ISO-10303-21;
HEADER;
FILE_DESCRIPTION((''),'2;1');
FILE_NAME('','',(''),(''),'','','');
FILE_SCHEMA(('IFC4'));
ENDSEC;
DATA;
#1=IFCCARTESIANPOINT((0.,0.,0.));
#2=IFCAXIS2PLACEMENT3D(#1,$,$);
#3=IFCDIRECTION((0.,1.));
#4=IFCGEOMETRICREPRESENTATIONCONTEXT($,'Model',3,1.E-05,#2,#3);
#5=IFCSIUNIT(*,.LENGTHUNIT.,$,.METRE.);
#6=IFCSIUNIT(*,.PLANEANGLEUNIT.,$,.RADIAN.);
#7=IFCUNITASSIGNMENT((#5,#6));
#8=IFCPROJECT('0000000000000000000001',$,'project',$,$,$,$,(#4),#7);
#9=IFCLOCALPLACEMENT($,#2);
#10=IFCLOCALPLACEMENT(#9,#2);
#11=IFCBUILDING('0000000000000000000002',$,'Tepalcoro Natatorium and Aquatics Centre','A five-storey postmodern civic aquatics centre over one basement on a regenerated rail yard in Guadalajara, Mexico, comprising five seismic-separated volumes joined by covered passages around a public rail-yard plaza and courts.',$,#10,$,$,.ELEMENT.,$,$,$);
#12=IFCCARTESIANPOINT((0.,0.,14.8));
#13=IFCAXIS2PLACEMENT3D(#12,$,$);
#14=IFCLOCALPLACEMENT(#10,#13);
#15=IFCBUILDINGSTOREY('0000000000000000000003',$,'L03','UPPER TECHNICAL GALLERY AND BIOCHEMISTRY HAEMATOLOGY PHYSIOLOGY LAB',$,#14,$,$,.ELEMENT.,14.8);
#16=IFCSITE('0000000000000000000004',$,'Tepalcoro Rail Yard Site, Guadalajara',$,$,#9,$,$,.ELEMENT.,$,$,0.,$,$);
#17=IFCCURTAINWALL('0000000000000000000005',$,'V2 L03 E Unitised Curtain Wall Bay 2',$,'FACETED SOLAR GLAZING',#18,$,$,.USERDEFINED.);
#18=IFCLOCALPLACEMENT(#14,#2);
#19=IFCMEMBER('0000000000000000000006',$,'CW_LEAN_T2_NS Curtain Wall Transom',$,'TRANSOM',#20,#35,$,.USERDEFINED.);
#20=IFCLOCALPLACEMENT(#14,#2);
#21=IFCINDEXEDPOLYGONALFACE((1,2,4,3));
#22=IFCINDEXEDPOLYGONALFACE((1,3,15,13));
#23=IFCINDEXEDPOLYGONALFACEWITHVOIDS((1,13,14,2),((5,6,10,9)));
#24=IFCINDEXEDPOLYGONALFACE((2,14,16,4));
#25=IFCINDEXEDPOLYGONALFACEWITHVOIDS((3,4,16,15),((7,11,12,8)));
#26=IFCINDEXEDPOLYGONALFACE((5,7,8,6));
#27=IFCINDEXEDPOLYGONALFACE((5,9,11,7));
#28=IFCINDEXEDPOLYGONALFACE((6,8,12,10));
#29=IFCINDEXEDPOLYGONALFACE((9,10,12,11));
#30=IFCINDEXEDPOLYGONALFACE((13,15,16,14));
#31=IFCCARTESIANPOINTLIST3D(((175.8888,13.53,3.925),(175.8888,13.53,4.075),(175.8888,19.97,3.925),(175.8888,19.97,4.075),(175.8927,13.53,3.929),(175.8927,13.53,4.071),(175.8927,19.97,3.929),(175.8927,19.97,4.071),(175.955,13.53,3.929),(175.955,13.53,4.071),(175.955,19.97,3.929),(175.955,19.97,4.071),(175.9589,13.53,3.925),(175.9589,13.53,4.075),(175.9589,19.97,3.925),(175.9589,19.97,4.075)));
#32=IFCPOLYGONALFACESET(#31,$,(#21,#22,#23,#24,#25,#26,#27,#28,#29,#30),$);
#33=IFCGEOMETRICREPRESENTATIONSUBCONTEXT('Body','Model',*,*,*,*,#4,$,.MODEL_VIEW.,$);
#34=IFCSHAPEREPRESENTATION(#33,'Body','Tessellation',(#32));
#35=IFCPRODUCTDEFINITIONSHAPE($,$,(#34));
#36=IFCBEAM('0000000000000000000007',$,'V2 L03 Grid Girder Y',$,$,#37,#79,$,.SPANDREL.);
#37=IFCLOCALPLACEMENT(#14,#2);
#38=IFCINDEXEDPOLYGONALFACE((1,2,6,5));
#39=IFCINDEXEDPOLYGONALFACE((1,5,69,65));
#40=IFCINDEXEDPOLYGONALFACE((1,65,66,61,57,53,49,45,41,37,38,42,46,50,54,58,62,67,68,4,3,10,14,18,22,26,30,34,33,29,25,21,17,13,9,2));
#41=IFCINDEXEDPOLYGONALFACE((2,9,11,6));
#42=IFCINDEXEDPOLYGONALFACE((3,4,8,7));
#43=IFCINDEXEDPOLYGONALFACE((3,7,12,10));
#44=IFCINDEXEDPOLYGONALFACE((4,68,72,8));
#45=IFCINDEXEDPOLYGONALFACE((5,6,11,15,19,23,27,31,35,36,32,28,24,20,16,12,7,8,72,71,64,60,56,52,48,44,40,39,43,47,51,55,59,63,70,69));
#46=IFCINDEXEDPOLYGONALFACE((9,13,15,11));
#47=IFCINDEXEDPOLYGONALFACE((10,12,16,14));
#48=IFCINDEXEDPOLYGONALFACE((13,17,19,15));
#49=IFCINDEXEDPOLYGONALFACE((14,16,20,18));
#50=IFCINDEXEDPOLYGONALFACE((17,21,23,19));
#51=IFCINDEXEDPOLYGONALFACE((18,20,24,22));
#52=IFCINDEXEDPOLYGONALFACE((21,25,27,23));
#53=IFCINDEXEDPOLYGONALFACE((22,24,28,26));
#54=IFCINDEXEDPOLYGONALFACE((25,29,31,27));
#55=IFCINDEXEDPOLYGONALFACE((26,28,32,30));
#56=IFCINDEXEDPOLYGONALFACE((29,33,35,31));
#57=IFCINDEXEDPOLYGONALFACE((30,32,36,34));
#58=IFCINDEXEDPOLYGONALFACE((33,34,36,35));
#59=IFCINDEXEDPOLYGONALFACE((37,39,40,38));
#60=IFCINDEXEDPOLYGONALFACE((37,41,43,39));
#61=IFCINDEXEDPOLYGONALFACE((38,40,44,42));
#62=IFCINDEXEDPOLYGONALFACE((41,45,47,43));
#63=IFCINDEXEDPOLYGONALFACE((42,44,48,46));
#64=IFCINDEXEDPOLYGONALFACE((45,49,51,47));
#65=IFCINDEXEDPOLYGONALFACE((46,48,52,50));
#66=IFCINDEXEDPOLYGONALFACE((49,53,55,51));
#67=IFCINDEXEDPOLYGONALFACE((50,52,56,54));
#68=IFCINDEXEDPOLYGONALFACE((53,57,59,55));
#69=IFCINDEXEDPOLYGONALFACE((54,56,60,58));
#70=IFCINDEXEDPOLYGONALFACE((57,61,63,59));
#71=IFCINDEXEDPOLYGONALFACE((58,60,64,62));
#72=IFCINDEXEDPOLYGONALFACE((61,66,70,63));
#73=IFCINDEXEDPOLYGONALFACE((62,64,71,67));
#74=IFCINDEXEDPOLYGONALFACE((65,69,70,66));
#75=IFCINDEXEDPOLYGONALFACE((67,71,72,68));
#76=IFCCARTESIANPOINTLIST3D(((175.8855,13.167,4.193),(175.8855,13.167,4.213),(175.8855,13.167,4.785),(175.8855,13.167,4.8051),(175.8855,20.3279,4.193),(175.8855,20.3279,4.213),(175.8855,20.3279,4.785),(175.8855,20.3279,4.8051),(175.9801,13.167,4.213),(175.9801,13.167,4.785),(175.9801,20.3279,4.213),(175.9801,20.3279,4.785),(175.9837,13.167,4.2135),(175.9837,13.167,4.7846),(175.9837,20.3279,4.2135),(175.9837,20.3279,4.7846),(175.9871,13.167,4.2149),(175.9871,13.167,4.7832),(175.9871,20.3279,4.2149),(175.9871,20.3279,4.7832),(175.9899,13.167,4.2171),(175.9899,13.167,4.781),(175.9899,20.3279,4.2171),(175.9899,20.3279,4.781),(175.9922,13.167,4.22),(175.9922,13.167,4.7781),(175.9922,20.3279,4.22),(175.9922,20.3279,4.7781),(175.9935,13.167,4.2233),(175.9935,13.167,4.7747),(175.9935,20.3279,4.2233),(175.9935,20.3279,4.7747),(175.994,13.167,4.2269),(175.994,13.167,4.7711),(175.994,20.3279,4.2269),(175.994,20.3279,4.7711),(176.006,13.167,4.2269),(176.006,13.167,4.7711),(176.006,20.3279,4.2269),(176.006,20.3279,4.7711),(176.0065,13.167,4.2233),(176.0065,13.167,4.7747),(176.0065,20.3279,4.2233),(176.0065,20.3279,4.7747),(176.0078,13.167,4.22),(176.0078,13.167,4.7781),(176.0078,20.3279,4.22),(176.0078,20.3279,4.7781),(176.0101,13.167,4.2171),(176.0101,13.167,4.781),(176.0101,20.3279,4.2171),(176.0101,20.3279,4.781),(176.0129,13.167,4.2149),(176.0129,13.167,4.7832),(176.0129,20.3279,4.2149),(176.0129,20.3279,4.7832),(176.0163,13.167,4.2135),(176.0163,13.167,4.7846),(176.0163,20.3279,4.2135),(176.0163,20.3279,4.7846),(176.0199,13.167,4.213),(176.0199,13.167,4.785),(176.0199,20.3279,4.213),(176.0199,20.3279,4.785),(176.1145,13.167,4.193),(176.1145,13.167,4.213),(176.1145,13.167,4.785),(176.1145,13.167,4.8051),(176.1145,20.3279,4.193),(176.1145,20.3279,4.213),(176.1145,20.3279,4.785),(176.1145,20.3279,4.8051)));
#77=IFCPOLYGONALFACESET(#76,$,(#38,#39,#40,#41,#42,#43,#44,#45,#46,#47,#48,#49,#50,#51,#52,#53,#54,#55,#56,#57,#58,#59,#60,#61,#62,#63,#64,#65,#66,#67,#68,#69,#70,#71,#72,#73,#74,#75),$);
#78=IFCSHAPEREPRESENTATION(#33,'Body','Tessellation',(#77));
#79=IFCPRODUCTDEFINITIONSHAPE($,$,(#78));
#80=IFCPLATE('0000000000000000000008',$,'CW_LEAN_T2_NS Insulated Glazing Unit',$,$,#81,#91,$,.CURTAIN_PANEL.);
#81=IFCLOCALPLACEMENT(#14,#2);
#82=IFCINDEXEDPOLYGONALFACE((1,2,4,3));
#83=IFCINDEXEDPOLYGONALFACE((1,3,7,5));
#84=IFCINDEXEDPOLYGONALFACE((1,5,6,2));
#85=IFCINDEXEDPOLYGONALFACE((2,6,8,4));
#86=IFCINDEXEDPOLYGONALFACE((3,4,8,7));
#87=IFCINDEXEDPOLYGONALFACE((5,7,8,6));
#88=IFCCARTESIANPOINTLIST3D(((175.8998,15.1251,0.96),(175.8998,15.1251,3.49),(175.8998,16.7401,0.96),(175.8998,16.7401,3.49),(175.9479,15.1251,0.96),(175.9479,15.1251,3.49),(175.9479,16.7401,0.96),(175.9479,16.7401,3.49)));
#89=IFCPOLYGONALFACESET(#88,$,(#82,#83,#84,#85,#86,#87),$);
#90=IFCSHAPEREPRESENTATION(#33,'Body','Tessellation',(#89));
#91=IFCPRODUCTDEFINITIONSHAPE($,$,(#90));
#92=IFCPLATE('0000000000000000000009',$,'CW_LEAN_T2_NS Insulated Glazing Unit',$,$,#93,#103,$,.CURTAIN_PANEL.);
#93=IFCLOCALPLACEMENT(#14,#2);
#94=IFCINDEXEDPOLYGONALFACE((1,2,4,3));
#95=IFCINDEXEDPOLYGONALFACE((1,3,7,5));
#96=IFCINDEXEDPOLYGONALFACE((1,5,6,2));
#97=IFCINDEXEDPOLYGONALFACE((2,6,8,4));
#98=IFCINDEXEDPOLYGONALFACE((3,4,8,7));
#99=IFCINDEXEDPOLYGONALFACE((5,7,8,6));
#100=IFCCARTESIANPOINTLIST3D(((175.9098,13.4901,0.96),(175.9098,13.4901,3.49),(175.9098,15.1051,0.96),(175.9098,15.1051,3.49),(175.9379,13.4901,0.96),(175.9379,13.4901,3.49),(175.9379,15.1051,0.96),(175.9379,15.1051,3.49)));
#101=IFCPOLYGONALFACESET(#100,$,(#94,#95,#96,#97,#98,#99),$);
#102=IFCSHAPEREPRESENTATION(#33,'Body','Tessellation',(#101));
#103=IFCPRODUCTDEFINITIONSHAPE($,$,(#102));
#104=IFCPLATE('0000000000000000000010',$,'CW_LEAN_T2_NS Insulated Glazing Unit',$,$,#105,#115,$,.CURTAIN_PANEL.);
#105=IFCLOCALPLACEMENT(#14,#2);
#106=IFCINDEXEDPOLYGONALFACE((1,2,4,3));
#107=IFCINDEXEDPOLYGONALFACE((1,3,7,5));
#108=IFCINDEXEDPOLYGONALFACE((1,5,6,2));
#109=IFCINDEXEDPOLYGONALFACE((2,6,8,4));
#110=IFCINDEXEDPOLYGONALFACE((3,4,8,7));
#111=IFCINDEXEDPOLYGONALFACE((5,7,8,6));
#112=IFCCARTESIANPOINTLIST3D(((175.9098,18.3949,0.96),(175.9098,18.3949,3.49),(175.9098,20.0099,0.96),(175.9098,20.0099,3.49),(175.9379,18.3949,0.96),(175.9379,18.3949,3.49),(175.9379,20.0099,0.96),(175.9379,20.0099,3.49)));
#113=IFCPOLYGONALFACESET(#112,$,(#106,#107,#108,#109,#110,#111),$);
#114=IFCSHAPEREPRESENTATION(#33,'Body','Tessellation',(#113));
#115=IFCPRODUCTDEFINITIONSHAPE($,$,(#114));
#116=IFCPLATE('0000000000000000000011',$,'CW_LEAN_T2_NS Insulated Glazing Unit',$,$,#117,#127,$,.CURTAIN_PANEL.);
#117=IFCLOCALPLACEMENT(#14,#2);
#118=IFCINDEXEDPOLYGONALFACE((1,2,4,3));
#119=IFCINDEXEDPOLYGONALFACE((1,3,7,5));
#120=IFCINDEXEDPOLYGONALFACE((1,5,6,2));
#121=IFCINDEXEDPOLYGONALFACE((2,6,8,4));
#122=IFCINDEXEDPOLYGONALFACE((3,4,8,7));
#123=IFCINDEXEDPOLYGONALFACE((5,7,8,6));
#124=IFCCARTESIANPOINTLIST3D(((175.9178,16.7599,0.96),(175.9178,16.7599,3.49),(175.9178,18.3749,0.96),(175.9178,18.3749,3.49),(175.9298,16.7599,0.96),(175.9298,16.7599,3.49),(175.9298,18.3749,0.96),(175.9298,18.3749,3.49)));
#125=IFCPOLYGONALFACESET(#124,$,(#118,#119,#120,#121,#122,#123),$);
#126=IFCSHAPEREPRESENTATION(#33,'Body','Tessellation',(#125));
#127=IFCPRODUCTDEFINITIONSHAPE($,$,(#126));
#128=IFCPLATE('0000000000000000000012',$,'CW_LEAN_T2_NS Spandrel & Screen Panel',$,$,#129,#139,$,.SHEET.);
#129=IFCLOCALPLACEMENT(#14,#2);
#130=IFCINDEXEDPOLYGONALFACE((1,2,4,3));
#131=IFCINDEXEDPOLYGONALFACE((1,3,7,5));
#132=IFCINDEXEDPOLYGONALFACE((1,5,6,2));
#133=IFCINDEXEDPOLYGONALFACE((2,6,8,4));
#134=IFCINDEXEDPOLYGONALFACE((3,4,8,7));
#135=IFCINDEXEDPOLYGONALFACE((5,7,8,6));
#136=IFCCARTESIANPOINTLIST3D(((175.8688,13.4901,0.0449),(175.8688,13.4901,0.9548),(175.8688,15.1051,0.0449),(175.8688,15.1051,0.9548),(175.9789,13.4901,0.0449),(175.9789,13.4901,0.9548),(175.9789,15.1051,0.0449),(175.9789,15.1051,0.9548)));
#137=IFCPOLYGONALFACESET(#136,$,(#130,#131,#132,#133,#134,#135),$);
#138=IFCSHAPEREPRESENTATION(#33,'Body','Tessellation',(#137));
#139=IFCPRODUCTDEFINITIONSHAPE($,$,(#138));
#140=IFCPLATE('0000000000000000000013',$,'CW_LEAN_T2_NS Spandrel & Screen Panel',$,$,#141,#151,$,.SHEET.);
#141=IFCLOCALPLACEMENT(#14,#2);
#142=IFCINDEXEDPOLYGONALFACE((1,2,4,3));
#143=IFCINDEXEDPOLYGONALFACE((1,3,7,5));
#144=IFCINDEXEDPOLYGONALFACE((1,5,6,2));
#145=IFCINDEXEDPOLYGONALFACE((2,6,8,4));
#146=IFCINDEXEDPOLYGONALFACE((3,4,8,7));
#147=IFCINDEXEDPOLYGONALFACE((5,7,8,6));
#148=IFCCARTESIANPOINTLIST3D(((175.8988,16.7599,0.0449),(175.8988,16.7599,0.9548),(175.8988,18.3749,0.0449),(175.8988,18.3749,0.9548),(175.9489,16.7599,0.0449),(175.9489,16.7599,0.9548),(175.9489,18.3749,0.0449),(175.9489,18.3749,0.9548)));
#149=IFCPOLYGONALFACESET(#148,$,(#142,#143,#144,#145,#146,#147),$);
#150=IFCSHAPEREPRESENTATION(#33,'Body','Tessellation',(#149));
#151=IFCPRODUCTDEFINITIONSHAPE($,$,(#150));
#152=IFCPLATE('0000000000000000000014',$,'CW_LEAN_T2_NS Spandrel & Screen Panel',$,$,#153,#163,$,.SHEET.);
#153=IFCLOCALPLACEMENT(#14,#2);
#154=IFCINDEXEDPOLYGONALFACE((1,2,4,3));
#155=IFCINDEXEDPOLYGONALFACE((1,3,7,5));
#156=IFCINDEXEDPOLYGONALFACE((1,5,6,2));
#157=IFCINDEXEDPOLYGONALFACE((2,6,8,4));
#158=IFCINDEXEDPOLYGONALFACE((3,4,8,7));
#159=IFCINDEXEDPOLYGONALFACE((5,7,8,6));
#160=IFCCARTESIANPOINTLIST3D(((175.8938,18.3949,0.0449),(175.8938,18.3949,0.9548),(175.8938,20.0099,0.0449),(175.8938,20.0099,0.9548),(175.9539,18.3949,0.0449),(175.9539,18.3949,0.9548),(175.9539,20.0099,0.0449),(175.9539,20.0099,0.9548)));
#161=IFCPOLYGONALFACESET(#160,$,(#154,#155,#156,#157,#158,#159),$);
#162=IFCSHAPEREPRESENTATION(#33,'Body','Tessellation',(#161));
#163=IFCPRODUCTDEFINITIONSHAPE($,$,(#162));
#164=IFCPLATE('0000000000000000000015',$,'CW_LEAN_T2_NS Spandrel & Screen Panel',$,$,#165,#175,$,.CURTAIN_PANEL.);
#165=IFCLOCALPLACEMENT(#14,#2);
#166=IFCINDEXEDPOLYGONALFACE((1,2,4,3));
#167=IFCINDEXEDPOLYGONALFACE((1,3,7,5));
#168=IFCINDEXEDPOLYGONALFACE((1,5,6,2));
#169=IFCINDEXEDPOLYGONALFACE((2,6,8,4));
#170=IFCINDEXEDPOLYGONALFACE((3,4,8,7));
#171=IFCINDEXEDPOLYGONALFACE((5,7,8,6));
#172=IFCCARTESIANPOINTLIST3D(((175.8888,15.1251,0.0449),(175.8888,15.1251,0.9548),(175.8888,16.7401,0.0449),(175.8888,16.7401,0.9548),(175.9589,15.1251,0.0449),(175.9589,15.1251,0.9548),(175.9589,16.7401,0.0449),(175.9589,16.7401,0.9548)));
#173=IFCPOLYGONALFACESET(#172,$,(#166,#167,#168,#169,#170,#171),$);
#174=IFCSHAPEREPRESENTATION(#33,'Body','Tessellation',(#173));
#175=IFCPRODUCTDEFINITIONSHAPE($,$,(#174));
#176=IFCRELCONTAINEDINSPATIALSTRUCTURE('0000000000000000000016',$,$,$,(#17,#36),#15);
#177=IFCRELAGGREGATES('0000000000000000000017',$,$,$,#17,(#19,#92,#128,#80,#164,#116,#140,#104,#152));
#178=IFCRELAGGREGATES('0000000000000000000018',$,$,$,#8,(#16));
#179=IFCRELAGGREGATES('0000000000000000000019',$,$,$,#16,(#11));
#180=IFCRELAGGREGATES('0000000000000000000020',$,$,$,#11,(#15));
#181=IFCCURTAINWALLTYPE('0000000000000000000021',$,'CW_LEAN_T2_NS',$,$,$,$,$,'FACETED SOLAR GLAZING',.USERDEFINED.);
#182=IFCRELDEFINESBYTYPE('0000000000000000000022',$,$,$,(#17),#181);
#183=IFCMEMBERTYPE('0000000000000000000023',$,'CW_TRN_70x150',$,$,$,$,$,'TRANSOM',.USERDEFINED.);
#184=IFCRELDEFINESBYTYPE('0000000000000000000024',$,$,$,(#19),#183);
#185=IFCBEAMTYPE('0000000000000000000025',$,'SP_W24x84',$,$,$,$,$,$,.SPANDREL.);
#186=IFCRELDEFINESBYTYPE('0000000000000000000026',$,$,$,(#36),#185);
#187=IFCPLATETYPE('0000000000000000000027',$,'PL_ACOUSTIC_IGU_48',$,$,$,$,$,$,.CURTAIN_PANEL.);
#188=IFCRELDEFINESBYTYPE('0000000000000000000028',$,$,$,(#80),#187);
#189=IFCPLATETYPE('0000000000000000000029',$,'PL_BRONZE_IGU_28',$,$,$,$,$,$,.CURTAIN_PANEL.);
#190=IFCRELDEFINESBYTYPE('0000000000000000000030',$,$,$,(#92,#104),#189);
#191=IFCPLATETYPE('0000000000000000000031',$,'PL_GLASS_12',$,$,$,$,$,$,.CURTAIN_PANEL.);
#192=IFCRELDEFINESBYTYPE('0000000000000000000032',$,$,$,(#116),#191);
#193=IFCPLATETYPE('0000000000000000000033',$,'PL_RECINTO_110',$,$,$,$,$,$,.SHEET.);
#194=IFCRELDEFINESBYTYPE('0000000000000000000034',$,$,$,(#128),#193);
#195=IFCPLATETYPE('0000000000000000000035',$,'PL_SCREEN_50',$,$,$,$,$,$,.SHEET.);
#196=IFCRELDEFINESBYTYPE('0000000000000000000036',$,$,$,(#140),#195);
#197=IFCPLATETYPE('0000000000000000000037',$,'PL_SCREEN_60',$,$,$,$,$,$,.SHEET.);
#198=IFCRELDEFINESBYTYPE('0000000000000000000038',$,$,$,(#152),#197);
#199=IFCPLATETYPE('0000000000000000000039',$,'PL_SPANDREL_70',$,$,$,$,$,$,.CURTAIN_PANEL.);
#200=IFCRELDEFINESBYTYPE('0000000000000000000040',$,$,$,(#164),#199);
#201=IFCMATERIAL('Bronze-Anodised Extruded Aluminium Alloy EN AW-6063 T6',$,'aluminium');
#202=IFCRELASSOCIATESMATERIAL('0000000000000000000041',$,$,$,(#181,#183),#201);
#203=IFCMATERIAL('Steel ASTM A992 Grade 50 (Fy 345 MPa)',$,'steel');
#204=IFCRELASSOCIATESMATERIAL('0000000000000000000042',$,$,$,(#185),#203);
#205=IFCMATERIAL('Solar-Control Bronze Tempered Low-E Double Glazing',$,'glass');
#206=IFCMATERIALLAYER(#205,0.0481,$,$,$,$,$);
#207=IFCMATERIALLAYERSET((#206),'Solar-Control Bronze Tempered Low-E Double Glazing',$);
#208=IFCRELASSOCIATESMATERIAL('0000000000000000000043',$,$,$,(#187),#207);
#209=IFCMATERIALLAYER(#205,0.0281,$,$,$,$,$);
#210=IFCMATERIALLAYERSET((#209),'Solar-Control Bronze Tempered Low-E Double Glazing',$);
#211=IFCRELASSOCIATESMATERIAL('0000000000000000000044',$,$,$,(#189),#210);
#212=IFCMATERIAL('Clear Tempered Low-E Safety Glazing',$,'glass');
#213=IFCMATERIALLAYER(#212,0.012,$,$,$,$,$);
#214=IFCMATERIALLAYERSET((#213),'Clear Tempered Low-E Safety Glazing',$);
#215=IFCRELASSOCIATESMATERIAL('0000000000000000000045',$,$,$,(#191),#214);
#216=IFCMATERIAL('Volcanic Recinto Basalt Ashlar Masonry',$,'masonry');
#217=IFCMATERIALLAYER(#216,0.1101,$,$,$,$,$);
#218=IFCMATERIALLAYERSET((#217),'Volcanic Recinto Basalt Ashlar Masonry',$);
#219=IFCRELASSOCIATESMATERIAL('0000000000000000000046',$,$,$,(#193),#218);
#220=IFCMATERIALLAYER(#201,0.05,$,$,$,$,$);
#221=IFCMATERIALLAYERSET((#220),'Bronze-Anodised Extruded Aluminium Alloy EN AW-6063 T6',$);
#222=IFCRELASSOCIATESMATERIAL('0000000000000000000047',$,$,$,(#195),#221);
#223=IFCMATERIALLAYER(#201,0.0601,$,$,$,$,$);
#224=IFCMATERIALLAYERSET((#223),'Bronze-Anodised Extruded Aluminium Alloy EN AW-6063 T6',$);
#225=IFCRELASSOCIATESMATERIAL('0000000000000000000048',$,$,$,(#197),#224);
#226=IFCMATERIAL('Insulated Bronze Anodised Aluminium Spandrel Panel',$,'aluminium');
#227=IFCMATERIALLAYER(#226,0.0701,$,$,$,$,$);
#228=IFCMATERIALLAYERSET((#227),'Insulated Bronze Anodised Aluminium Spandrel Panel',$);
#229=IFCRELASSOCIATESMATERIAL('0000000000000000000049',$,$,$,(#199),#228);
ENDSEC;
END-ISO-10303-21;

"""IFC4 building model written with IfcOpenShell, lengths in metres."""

from ifc_helpers import new_model, si_unit, direction, frame, origin, origin_2d, place, context, subcontext, project, spatial, rectangle, hollow_rectangle, i_section, extrude, material, layer, layer_set, material_profile, profile_set, type_object, element, aggregate, save


model = new_model("IFC4")

# Units and contexts
model_context = context("Model", 3, precision=1e-05, world=origin(), true_north=direction((0.0, 1.0)))
body_context = subcontext(model_context, "Body", "Model", "MODEL_VIEW")
ifc_project = project(units=[si_unit("LENGTHUNIT", "METRE"), si_unit("PLANEANGLEUNIT", "RADIAN")], contexts=[model_context])

# Site, building, storey
site_placement = place(None, origin())
site = spatial("IfcSite", under=ifc_project, at=site_placement, Name="Tepalcoro Rail Yard Site, Guadalajara", CompositionType="ELEMENT", RefElevation=0.0)
building_placement = place(site_placement, origin())
building = spatial("IfcBuilding", under=site, at=building_placement, Name="Tepalcoro Natatorium and Aquatics Centre", Description="A five-storey postmodern civic aquatics centre over one basement on a regenerated rail yard in Guadalajara, Mexico, comprising five seismic-separated volumes joined by covered passages around a public rail-yard plaza and courts.", CompositionType="ELEMENT")
storey_placement = place(building_placement, frame((0.0, 0.0, 14.8)))
storey = spatial("IfcBuildingStorey", under=building, at=storey_placement, Name="L03", Description="UPPER TECHNICAL GALLERY AND BIOCHEMISTRY HAEMATOLOGY PHYSIOLOGY LAB", CompositionType="ELEMENT", Elevation=14.8)

# Shared definitions
ifc_material_1 = material(Name="Steel ASTM A992 Grade 50 (Fy 345 MPa)", Category="steel")

# Curtain wall, member
ifc_material_2 = material(Name="Bronze-Anodised Extruded Aluminium Alloy EN AW-6063 T6", Category="aluminium")
curtain_wall_type = type_object("IfcCurtainWallType", Name="CW_LEAN_T2_NS", ElementType="FACETED SOLAR GLAZING", PredefinedType="USERDEFINED", material=ifc_material_2)
curtain_wall_placement = place(storey_placement, origin())
curtain_wall = element("IfcCurtainWall", 1, at=curtain_wall_placement, inside=storey, type_object=curtain_wall_type, Name="V2 L03 E Unitised Curtain Wall Bay 2", ObjectType="FACETED SOLAR GLAZING", PredefinedType="USERDEFINED")
ifc_material_profile_1 = material_profile(ifc_material_2, hollow_rectangle(XDim=0.0701, YDim=0.1499, WallThickness=0.0039, at=origin_2d()), Name="AL70X150X4")
ifc_profile_set_1 = profile_set([ifc_material_profile_1], Name="Bronze-Anodised Extruded Aluminium Alloy EN AW-6063 T6")
member_type_1 = type_object("IfcMemberType", Name="CW_TRN_70x150", ElementType="TRANSOM", PredefinedType="USERDEFINED", material=ifc_profile_set_1)
member_1_placement = place(storey_placement, frame((175.9238, 13.53, 4.0), z_axis=(0.0, 1.0, 0.0), x_axis=(-1.0, 0.0, 0.0)))
member_1 = element("IfcMember", 2, at=member_1_placement, type_object=member_type_1, Name="CW_LEAN_T2_NS Curtain Wall Transom", ObjectType="TRANSOM", PredefinedType="USERDEFINED", context=body_context, shape_type="SweptSolid", body=[
    extrude(hollow_rectangle(XDim=0.0701, YDim=0.1499, WallThickness=0.0039, at=origin_2d()), origin(), (0.0, 0.0, 1.0), 6.4399),
])

# Beam
ifc_material_profile_2 = material_profile(ifc_material_1, i_section(OverallWidth=0.229, OverallDepth=0.6121, WebThickness=0.012, FlangeThickness=0.02, FilletRadius=0.0139, at=origin_2d()), Name="W24X84")
ifc_profile_set_2 = profile_set([ifc_material_profile_2], Name="Steel ASTM A992 Grade 50 (Fy 345 MPa)")
beam_type = type_object("IfcBeamType", Name="SP_W24x84", PredefinedType="SPANDREL", material=ifc_profile_set_2)
beam_placement = place(storey_placement, frame((176.0, 13.167, 4.499), z_axis=(0.0, 1.0, 0.0), x_axis=(-1.0, 0.0, 0.0)))
element("IfcBeam", 3, at=beam_placement, inside=storey, type_object=beam_type, Name="V2 L03 Grid Girder Y", PredefinedType="SPANDREL", context=body_context, shape_type="SweptSolid", body=[
    extrude(i_section(OverallWidth=0.229, OverallDepth=0.6121, WebThickness=0.012, FlangeThickness=0.02, FilletRadius=0.0139, at=origin_2d()), origin(), (0.0, 0.0, 1.0), 7.1609),
])

# Plates
ifc_material_3 = material(Name="Solar-Control Bronze Tempered Low-E Double Glazing", Category="glass")
ifc_layer_1 = layer(ifc_material_3, 0.0481)
ifc_layer_set_1 = layer_set([ifc_layer_1], Name="Solar-Control Bronze Tempered Low-E Double Glazing")
plate_type_1 = type_object("IfcPlateType", Name="PL_ACOUSTIC_IGU_48", PredefinedType="CURTAIN_PANEL", material=ifc_layer_set_1)
plate_1_placement = place(storey_placement, frame((175.9238, 15.9326, 0.96), z_axis=(0.0, 0.0, 1.0), x_axis=(1.0, 0.0, 0.0)))
plate_1 = element("IfcPlate", 4, at=plate_1_placement, type_object=plate_type_1, Name="CW_LEAN_T2_NS Insulated Glazing Unit", PredefinedType="CURTAIN_PANEL", context=body_context, shape_type="SweptSolid", body=[
    extrude(rectangle(XDim=0.0481, YDim=1.615, at=origin_2d()), origin(), (0.0, 0.0, 1.0), 2.53),
])
ifc_layer_2 = layer(ifc_material_3, 0.0281)
ifc_layer_set_2 = layer_set([ifc_layer_2], Name="Solar-Control Bronze Tempered Low-E Double Glazing")
plate_type_2 = type_object("IfcPlateType", Name="PL_BRONZE_IGU_28", PredefinedType="CURTAIN_PANEL", material=ifc_layer_set_2)
plate_2_placement = place(storey_placement, frame((175.9238, 14.2976, 0.96), z_axis=(0.0, 0.0, 1.0), x_axis=(1.0, 0.0, 0.0)))
plate_2 = element("IfcPlate", 5, at=plate_2_placement, type_object=plate_type_2, Name="CW_LEAN_T2_NS Insulated Glazing Unit", PredefinedType="CURTAIN_PANEL", context=body_context, shape_type="SweptSolid", body=[
    extrude(rectangle(XDim=0.0281, YDim=1.615, at=origin_2d()), origin(), (0.0, 0.0, 1.0), 2.53),
])
plate_3_placement = place(storey_placement, frame((175.9238, 19.2024, 0.96), z_axis=(0.0, 0.0, 1.0), x_axis=(1.0, 0.0, 0.0)))
plate_3 = element("IfcPlate", 6, at=plate_3_placement, type_object=plate_type_2, Name="CW_LEAN_T2_NS Insulated Glazing Unit", PredefinedType="CURTAIN_PANEL", context=body_context, shape_type="SweptSolid", body=[
    extrude(rectangle(XDim=0.0281, YDim=1.615, at=origin_2d()), origin(), (0.0, 0.0, 1.0), 2.53),
])
ifc_material_4 = material(Name="Clear Tempered Low-E Safety Glazing", Category="glass")
ifc_layer_3 = layer(ifc_material_4, 0.012)
ifc_layer_set_3 = layer_set([ifc_layer_3], Name="Clear Tempered Low-E Safety Glazing")
plate_type_3 = type_object("IfcPlateType", Name="PL_GLASS_12", PredefinedType="CURTAIN_PANEL", material=ifc_layer_set_3)
plate_4_placement = place(storey_placement, frame((175.9238, 17.5674, 0.96), z_axis=(0.0, 0.0, 1.0), x_axis=(1.0, 0.0, 0.0)))
plate_4 = element("IfcPlate", 7, at=plate_4_placement, type_object=plate_type_3, Name="CW_LEAN_T2_NS Insulated Glazing Unit", PredefinedType="CURTAIN_PANEL", context=body_context, shape_type="SweptSolid", body=[
    extrude(rectangle(XDim=0.012, YDim=1.615, at=origin_2d()), origin(), (0.0, 0.0, 1.0), 2.53),
])
ifc_material_5 = material(Name="Volcanic Recinto Basalt Ashlar Masonry", Category="masonry")
ifc_layer_4 = layer(ifc_material_5, 0.1101)
ifc_layer_set_4 = layer_set([ifc_layer_4], Name="Volcanic Recinto Basalt Ashlar Masonry")
plate_type_4 = type_object("IfcPlateType", Name="PL_RECINTO_110", PredefinedType="SHEET", material=ifc_layer_set_4)
plate_5_placement = place(storey_placement, frame((175.9238, 14.2976, 0.0449), z_axis=(0.0, 0.0, 1.0), x_axis=(1.0, 0.0, 0.0)))
plate_5 = element("IfcPlate", 8, at=plate_5_placement, type_object=plate_type_4, Name="CW_LEAN_T2_NS Spandrel & Screen Panel", PredefinedType="SHEET", context=body_context, shape_type="SweptSolid", body=[
    extrude(rectangle(XDim=0.1101, YDim=1.615, at=origin_2d()), origin(), (0.0, 0.0, 1.0), 0.9099),
])
ifc_layer_5 = layer(ifc_material_2, 0.05)
ifc_layer_set_5 = layer_set([ifc_layer_5], Name="Bronze-Anodised Extruded Aluminium Alloy EN AW-6063 T6")
plate_type_5 = type_object("IfcPlateType", Name="PL_SCREEN_50", PredefinedType="SHEET", material=ifc_layer_set_5)
plate_6_placement = place(storey_placement, frame((175.9238, 17.5674, 0.0449), z_axis=(0.0, 0.0, 1.0), x_axis=(1.0, 0.0, 0.0)))
plate_6 = element("IfcPlate", 9, at=plate_6_placement, type_object=plate_type_5, Name="CW_LEAN_T2_NS Spandrel & Screen Panel", PredefinedType="SHEET", context=body_context, shape_type="SweptSolid", body=[
    extrude(rectangle(XDim=0.05, YDim=1.615, at=origin_2d()), origin(), (0.0, 0.0, 1.0), 0.9099),
])
ifc_layer_6 = layer(ifc_material_2, 0.0601)
ifc_layer_set_6 = layer_set([ifc_layer_6], Name="Bronze-Anodised Extruded Aluminium Alloy EN AW-6063 T6")
plate_type_6 = type_object("IfcPlateType", Name="PL_SCREEN_60", PredefinedType="SHEET", material=ifc_layer_set_6)
plate_7_placement = place(storey_placement, frame((175.9238, 19.2024, 0.0449), z_axis=(0.0, 0.0, 1.0), x_axis=(1.0, 0.0, 0.0)))
plate_7 = element("IfcPlate", 10, at=plate_7_placement, type_object=plate_type_6, Name="CW_LEAN_T2_NS Spandrel & Screen Panel", PredefinedType="SHEET", context=body_context, shape_type="SweptSolid", body=[
    extrude(rectangle(XDim=0.0601, YDim=1.615, at=origin_2d()), origin(), (0.0, 0.0, 1.0), 0.9099),
])
ifc_material_6 = material(Name="Insulated Bronze Anodised Aluminium Spandrel Panel", Category="aluminium")
ifc_layer_7 = layer(ifc_material_6, 0.0701)
ifc_layer_set_7 = layer_set([ifc_layer_7], Name="Insulated Bronze Anodised Aluminium Spandrel Panel")
plate_type_7 = type_object("IfcPlateType", Name="PL_SPANDREL_70", PredefinedType="CURTAIN_PANEL", material=ifc_layer_set_7)
plate_8_placement = place(storey_placement, frame((175.9238, 15.9326, 0.0449), z_axis=(0.0, 0.0, 1.0), x_axis=(1.0, 0.0, 0.0)))
plate_8 = element("IfcPlate", 11, at=plate_8_placement, type_object=plate_type_7, Name="CW_LEAN_T2_NS Spandrel & Screen Panel", PredefinedType="CURTAIN_PANEL", context=body_context, shape_type="SweptSolid", body=[
    extrude(rectangle(XDim=0.0701, YDim=1.615, at=origin_2d()), origin(), (0.0, 0.0, 1.0), 0.9099),
])
aggregate(curtain_wall, [member_1, plate_2, plate_5, plate_1, plate_8, plate_4, plate_6, plate_3, plate_7])

save(model, "model.ifc")
